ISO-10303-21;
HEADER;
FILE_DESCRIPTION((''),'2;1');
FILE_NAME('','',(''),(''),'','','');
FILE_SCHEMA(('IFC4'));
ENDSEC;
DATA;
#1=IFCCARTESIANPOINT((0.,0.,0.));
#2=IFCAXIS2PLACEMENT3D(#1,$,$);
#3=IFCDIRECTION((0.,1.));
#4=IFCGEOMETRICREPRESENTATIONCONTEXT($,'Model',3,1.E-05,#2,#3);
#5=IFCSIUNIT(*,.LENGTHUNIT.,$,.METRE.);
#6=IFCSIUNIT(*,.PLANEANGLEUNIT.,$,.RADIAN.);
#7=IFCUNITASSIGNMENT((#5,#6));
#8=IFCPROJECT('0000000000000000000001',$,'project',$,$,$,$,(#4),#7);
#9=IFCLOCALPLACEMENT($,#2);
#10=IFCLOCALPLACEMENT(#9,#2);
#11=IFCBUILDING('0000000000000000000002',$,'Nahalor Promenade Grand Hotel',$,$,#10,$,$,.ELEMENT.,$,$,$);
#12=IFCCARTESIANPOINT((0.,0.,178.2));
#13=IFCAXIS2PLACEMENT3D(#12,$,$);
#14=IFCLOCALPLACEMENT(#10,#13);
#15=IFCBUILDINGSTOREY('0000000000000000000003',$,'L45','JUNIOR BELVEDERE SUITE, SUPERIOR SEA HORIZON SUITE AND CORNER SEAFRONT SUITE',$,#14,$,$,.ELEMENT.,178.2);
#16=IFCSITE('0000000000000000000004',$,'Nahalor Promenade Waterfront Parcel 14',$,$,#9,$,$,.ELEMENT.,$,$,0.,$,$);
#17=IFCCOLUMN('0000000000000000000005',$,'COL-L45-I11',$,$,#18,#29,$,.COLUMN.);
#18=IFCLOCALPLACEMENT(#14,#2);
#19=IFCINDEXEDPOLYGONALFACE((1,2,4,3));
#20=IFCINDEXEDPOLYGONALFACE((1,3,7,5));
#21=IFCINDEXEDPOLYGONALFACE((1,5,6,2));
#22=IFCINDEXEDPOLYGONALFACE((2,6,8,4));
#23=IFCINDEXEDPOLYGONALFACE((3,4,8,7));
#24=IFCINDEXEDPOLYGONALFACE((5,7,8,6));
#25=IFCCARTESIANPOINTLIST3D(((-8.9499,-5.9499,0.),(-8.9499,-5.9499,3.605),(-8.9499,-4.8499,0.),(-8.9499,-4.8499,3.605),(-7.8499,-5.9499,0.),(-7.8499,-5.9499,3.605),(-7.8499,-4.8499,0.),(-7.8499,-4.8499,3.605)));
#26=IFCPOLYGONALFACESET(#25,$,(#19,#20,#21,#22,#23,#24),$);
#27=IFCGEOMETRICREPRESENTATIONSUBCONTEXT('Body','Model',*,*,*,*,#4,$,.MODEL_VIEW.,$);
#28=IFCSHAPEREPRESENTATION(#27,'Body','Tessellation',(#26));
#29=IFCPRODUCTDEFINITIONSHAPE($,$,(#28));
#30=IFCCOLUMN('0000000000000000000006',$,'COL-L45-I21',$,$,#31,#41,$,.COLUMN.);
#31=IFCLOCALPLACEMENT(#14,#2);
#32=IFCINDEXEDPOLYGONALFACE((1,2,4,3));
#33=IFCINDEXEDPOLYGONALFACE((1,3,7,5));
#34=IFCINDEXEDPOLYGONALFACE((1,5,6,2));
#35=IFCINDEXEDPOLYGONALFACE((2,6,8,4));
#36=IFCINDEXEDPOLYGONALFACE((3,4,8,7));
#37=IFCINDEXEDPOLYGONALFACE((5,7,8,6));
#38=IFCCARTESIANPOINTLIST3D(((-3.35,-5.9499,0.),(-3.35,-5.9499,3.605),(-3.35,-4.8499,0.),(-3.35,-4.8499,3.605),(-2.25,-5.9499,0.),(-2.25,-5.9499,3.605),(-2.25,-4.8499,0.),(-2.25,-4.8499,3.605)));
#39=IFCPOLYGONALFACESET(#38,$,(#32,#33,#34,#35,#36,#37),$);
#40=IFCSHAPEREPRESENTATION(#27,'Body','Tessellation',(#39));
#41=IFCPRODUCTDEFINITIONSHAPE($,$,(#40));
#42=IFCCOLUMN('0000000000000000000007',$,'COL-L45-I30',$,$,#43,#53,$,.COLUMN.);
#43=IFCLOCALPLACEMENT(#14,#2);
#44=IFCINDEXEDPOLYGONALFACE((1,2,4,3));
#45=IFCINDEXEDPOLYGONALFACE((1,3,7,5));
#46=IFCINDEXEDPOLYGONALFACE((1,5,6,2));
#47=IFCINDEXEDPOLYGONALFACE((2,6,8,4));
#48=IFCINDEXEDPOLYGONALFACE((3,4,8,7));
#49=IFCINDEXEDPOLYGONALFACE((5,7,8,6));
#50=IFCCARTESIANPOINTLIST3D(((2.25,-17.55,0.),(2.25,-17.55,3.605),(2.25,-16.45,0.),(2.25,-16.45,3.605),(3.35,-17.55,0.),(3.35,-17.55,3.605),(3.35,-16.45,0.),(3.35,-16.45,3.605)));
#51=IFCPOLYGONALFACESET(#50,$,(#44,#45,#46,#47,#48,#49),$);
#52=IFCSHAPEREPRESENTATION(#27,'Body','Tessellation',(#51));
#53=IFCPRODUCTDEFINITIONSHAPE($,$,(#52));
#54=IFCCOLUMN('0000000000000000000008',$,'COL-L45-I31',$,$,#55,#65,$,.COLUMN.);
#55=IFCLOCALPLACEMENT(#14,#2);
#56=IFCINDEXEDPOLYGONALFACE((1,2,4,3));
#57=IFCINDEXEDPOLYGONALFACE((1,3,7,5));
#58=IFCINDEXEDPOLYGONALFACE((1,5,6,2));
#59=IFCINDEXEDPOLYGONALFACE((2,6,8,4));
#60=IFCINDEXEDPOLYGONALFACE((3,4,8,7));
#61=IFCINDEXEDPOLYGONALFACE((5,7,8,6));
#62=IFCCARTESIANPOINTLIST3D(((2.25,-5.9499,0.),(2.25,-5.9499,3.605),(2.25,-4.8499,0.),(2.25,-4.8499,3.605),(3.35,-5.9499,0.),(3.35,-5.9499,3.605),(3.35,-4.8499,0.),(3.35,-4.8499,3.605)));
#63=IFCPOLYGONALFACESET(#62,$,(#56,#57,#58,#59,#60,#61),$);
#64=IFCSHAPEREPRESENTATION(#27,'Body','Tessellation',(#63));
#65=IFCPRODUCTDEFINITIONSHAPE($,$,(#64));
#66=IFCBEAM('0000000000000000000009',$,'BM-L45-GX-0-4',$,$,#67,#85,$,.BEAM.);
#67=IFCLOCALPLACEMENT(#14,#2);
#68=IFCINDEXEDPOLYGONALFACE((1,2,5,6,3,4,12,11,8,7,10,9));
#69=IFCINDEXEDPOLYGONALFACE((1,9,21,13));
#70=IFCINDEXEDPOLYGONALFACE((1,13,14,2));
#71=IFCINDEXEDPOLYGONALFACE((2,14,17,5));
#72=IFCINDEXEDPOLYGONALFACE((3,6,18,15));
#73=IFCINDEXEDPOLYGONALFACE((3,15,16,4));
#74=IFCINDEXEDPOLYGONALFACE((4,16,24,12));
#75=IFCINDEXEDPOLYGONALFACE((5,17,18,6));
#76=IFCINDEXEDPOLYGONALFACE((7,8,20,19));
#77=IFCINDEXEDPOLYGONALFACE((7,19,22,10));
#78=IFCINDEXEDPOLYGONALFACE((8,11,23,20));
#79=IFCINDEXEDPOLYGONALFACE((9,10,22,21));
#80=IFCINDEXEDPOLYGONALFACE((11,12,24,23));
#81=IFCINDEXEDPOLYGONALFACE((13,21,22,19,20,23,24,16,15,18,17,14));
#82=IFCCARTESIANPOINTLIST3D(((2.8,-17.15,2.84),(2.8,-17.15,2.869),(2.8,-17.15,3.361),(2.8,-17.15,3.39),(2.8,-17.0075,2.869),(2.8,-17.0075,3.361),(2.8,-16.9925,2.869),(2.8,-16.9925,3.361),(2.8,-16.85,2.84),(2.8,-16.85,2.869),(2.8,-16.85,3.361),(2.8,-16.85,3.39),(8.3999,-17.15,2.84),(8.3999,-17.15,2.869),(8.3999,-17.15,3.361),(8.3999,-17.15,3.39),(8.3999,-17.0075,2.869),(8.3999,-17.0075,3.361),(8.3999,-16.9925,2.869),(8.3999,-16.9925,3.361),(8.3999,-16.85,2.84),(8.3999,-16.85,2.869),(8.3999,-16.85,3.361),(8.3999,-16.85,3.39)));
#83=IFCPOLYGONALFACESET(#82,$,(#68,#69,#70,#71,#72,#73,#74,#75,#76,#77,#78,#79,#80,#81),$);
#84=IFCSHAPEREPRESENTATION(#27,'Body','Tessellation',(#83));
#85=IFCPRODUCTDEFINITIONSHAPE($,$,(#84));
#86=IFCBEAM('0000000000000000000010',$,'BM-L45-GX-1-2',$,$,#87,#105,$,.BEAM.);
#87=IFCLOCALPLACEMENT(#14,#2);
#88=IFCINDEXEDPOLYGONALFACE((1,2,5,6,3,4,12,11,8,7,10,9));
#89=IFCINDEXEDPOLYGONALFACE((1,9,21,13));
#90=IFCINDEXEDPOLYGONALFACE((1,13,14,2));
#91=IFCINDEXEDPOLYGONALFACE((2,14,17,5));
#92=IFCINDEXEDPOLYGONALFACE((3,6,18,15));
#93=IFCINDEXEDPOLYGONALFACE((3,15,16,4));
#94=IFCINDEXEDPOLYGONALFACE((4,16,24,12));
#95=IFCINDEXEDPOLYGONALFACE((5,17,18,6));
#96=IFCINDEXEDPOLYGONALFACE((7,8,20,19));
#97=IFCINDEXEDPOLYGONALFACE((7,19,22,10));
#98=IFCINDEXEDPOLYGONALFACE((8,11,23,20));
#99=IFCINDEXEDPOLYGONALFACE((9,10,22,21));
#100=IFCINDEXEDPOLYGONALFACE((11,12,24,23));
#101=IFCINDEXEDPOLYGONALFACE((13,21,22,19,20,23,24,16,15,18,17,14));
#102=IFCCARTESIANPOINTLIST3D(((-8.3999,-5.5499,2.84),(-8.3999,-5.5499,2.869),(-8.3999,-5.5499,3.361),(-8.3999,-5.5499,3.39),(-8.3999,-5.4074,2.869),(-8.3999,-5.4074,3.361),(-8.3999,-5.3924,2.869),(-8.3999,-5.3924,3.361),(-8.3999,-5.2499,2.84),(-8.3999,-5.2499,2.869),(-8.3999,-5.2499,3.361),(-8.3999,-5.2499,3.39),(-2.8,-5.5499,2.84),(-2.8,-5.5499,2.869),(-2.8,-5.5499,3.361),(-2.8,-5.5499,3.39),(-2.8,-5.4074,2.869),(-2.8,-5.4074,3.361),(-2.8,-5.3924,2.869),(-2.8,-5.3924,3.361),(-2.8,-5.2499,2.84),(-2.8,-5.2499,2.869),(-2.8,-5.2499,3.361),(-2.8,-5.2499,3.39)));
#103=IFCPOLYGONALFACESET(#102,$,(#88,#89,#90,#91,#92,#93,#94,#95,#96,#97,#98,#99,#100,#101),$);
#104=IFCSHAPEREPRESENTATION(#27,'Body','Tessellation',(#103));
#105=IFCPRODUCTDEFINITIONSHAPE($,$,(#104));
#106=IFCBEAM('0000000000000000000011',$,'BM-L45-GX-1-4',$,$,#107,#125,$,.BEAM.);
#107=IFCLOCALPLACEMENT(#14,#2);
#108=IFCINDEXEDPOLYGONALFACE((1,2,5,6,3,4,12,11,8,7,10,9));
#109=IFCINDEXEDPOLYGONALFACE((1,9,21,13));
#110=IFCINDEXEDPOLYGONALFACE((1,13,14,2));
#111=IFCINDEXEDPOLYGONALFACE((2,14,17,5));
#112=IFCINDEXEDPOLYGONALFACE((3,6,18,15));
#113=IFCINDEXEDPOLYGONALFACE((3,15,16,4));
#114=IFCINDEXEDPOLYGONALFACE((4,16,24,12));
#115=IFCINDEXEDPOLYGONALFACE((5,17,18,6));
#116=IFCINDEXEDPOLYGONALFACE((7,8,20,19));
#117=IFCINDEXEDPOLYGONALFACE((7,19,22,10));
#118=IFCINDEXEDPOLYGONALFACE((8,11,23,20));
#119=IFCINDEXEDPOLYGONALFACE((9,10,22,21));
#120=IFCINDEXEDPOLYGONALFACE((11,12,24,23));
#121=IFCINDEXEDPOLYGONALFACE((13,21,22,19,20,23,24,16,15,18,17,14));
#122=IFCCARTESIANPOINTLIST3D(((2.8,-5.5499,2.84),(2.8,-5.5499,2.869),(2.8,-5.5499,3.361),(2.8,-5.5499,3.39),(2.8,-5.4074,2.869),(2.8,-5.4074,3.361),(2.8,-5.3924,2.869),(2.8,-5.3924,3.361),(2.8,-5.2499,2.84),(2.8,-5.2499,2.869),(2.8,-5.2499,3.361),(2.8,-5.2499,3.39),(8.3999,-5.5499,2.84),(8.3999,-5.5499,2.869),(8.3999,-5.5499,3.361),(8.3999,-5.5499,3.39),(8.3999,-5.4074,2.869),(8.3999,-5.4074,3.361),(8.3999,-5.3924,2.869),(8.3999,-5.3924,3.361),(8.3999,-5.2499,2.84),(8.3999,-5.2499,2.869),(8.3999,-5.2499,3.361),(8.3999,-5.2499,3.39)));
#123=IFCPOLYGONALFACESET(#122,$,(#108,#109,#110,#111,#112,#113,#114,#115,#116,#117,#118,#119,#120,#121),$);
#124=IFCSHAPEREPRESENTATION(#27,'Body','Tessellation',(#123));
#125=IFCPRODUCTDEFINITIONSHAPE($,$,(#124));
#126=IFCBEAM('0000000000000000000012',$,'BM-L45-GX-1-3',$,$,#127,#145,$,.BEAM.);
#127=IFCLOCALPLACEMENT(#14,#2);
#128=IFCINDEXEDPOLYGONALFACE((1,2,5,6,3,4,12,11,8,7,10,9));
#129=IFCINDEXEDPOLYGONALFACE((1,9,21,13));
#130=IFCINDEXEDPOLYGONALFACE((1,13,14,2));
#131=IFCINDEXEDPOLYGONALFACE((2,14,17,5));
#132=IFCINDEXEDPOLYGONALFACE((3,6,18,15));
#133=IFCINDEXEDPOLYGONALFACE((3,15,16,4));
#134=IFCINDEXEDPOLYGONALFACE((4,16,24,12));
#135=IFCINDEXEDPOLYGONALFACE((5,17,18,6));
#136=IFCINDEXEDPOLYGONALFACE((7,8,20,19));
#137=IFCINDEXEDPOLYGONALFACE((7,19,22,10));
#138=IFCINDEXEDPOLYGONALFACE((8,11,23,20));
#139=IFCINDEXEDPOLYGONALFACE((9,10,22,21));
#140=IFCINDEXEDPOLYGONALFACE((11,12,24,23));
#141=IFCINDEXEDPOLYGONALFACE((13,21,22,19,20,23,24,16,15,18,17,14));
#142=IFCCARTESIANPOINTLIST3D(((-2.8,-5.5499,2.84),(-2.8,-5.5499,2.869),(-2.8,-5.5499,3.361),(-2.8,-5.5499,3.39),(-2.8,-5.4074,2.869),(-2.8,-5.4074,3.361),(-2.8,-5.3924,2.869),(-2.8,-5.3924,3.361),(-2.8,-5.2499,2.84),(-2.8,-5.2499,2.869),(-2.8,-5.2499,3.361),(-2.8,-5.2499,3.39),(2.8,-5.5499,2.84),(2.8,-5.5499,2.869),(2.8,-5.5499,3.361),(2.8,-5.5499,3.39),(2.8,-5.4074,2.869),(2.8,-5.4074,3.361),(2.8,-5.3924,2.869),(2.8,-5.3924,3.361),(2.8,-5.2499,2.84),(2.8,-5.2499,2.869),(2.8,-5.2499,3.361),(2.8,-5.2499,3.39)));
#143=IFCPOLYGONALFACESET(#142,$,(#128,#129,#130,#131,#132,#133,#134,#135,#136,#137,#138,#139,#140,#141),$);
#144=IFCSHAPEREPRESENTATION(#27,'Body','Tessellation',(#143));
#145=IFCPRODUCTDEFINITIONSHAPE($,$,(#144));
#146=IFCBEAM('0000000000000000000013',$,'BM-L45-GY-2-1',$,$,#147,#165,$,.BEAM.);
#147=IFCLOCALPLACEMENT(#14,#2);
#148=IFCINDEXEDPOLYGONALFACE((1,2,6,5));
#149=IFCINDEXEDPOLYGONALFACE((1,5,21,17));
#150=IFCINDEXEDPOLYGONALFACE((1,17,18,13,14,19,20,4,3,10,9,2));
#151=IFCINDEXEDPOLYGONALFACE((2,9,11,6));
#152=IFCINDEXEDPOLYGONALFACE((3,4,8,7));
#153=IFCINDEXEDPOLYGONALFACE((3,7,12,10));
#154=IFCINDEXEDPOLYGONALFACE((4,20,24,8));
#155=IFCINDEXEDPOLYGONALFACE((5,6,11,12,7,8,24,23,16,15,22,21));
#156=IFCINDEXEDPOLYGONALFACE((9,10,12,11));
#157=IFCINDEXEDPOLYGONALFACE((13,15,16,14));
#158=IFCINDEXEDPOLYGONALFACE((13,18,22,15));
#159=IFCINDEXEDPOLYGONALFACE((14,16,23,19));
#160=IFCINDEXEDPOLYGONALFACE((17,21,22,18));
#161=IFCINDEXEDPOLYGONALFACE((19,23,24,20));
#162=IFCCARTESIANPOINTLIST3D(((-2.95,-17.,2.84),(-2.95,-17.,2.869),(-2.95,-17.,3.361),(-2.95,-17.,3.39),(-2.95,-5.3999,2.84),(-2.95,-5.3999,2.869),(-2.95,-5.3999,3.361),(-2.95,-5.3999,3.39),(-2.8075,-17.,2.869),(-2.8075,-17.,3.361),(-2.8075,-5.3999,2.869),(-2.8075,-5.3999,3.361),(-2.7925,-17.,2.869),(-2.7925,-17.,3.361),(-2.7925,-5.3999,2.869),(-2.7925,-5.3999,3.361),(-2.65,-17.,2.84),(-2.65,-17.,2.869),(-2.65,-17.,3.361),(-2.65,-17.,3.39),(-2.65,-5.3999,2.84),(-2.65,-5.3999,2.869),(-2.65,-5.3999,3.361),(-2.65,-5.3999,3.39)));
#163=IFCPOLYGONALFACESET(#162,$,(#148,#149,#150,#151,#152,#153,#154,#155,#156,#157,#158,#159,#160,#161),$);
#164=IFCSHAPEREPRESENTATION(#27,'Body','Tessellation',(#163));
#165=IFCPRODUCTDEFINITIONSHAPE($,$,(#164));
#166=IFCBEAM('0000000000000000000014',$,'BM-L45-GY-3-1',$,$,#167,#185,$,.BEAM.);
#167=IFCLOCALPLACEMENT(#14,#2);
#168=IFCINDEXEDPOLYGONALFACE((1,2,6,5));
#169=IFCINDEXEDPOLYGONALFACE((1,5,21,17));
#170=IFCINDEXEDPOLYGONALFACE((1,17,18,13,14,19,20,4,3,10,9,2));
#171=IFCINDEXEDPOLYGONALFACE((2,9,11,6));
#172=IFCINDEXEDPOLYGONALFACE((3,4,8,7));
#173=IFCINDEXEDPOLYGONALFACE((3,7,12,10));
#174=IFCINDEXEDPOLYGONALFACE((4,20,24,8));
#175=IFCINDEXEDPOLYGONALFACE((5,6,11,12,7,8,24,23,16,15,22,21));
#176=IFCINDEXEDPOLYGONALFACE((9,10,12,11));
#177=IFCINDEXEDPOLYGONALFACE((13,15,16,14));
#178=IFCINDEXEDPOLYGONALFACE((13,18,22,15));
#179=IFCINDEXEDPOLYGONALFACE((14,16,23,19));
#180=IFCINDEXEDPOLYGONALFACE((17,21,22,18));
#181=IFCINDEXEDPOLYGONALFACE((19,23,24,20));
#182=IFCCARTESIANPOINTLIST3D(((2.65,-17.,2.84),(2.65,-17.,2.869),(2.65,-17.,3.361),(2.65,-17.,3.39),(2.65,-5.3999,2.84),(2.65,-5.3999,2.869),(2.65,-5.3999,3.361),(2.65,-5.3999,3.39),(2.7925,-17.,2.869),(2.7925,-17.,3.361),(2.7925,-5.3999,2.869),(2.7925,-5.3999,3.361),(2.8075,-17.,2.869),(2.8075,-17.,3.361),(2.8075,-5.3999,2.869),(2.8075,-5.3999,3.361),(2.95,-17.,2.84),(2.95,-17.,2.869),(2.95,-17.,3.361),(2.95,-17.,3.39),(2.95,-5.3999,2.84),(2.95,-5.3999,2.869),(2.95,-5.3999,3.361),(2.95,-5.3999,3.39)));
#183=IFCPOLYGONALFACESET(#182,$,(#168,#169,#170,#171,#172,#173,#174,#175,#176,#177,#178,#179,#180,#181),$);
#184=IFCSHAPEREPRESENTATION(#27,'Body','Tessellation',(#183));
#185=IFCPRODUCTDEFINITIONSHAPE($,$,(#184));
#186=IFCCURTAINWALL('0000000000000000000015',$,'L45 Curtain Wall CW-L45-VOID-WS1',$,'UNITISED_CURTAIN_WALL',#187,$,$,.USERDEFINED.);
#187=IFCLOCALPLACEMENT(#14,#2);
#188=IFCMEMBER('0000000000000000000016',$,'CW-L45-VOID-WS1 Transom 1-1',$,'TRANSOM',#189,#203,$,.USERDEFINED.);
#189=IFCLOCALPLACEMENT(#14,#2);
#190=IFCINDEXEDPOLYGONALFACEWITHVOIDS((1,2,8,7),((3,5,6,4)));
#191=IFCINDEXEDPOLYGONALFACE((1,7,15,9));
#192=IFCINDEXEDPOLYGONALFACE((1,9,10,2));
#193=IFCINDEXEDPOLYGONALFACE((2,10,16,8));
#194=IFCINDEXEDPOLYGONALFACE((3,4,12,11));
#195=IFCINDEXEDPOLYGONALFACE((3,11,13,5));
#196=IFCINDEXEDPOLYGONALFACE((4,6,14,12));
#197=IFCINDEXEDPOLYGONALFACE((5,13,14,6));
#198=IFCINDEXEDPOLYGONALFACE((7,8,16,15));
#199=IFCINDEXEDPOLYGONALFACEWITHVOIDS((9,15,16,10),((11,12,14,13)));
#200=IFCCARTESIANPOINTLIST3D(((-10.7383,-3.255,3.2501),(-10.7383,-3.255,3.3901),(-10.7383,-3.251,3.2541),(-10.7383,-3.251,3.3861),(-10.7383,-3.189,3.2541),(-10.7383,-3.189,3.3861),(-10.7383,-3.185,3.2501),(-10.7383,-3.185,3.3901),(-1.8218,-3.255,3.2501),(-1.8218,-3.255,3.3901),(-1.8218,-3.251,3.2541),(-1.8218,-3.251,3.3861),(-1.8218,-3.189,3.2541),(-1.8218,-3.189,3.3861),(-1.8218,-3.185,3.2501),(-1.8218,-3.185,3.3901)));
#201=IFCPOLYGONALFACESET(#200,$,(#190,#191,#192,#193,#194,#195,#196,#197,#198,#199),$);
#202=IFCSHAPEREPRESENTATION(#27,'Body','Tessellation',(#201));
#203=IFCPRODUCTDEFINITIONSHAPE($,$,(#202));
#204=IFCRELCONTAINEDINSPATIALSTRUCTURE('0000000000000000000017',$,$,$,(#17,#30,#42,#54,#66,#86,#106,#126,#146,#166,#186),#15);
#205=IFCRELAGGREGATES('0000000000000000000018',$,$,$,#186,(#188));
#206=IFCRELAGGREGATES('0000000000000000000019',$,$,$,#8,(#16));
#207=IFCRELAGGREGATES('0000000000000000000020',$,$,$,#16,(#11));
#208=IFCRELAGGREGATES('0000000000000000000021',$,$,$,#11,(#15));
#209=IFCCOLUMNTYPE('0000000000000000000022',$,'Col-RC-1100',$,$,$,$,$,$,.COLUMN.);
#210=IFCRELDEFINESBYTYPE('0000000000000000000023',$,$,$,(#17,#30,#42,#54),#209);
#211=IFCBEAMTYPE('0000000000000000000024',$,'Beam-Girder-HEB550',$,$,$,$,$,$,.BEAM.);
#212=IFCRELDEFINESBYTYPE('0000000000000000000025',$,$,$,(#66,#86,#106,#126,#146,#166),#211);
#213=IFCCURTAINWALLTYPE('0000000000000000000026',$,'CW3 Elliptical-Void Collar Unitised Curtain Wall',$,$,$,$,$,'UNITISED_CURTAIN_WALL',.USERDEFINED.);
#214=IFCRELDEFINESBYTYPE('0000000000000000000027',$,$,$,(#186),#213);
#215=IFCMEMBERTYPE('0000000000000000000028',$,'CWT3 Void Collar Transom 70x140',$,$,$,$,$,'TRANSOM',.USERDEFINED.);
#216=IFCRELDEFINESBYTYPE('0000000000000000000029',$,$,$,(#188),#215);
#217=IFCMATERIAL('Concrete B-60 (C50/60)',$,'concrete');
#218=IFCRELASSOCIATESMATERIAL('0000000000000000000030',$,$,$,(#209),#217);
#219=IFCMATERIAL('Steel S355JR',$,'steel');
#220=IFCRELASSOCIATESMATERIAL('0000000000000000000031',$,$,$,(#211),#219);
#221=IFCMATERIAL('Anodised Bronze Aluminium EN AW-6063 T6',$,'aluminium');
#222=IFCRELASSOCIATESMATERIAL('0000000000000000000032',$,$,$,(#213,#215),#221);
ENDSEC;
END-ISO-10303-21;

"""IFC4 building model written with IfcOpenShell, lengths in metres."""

from ifc_helpers import new_model, si_unit, direction, frame, origin, origin_2d, place, context, subcontext, project, spatial, rectangle, hollow_rectangle, i_section, extrude, source, transform, mapped, material, material_profile, profile_set, type_object, element, aggregate, save


model = new_model("IFC4")

# Units and contexts
model_context = context("Model", 3, precision=1e-05, world=origin(), true_north=direction((0.0, 1.0)))
body_context = subcontext(model_context, "Body", "Model", "MODEL_VIEW")
ifc_project = project(units=[si_unit("LENGTHUNIT", "METRE"), si_unit("PLANEANGLEUNIT", "RADIAN")], contexts=[model_context])

# Site, building, storey
site_placement = place(None, origin())
site = spatial("IfcSite", under=ifc_project, at=site_placement, Name="Nahalor Promenade Waterfront Parcel 14", CompositionType="ELEMENT", RefElevation=0.0)
building_placement = place(site_placement, origin())
building = spatial("IfcBuilding", under=site, at=building_placement, Name="Nahalor Promenade Grand Hotel", CompositionType="ELEMENT")
storey_placement = place(building_placement, frame((0.0, 0.0, 178.2)))
storey = spatial("IfcBuildingStorey", under=building, at=storey_placement, Name="L45", Description="JUNIOR BELVEDERE SUITE, SUPERIOR SEA HORIZON SUITE AND CORNER SEAFRONT SUITE", CompositionType="ELEMENT", Elevation=178.2)

# Columns
ifc_material_1 = material(Name="Concrete B-60 (C50/60)", Category="concrete")
ifc_material_profile_1 = material_profile(ifc_material_1, rectangle(XDim=1.1, YDim=1.1, at=origin_2d()), Name="RC 1100x1100")
ifc_profile_set_1 = profile_set([ifc_material_profile_1], Name="Concrete B-60 (C50/60)")
column_type = type_object("IfcColumnType", Name="Col-RC-1100", PredefinedType="COLUMN", material=ifc_profile_set_1)
shared_shape_1 = source(origin(), body_context, "Body", "SweptSolid", [
    extrude(rectangle(XDim=1.1, YDim=1.1, at=origin_2d()), origin(), (0.0, 0.0, 1.0), 3.605),
])
for number, where, z_axis, x_axis, name in (
    (1, (-8.3999, -5.3999, 0.0), (0.0, 0.0, 1.0), (1.0, 0.0, 0.0), "COL-L45-I11"),
    (2, (-2.8, -5.3999, 0.0), (0.0, 0.0, 1.0), (1.0, 0.0, 0.0), "COL-L45-I21"),
    (3, (2.8, -17.0, 0.0), (0.0, 0.0, 1.0), (1.0, 0.0, 0.0), "COL-L45-I30"),
    (4, (2.8, -5.3999, 0.0), (0.0, 0.0, 1.0), (1.0, 0.0, 0.0), "COL-L45-I31"),
):
    element("IfcColumn", number, at=place(storey_placement, frame(where, z_axis=z_axis, x_axis=x_axis)), inside=storey, type_object=column_type, Name=name, PredefinedType="COLUMN", context=body_context, shape_type="MappedRepresentation", body=[
        mapped(shared_shape_1, transform((0.0, 0.0, 0.0), scale=1.0)),
    ])

# Beams
ifc_material_2 = material(Name="Steel S355JR", Category="steel")
ifc_material_profile_2 = material_profile(ifc_material_2, i_section(OverallWidth=0.3, OverallDepth=0.55, WebThickness=0.015, FlangeThickness=0.029, at=origin_2d()), Name="HEB 550")
ifc_profile_set_2 = profile_set([ifc_material_profile_2], Name="Steel S355JR")
beam_type = type_object("IfcBeamType", Name="Beam-Girder-HEB550", PredefinedType="BEAM", material=ifc_profile_set_2)
shared_shape_2 = source(origin(), body_context, "Body", "SweptSolid", [
    extrude(i_section(OverallWidth=0.3, OverallDepth=0.55, WebThickness=0.015, FlangeThickness=0.029, at=origin_2d()), origin(), (0.0, 0.0, 1.0), 5.5999),
])
for number, where, z_axis, x_axis, name in (
    (5, (2.8, -17.0, 3.115), (1.0, 0.0, 0.0), (0.0, 1.0, 0.0), "BM-L45-GX-0-4"),
    (6, (-8.3999, -5.3999, 3.115), (1.0, 0.0, 0.0), (0.0, 1.0, 0.0), "BM-L45-GX-1-2"),
    (7, (2.8, -5.3999, 3.115), (1.0, 0.0, 0.0), (0.0, 1.0, 0.0), "BM-L45-GX-1-4"),
):
    element("IfcBeam", number, at=place(storey_placement, frame(where, z_axis=z_axis, x_axis=x_axis)), inside=storey, type_object=beam_type, Name=name, PredefinedType="BEAM", context=body_context, shape_type="MappedRepresentation", body=[
        mapped(shared_shape_2, transform((0.0, 0.0, 0.0), scale=1.0)),
    ])
shared_shape_3 = source(origin(), body_context, "Body", "SweptSolid", [
    extrude(i_section(OverallWidth=0.3, OverallDepth=0.55, WebThickness=0.015, FlangeThickness=0.029, at=origin_2d()), origin(), (0.0, 0.0, 1.0), 5.6001),
])
beam_placement = place(storey_placement, frame((-2.8, -5.3999, 3.115), z_axis=(1.0, 0.0, 0.0), x_axis=(0.0, 1.0, 0.0)))
element("IfcBeam", 8, at=beam_placement, inside=storey, type_object=beam_type, Name="BM-L45-GX-1-3", PredefinedType="BEAM", context=body_context, shape_type="MappedRepresentation", body=[
    mapped(shared_shape_3, transform((0.0, 0.0, 0.0), scale=1.0)),
])
shared_shape_4 = source(origin(), body_context, "Body", "SweptSolid", [
    extrude(i_section(OverallWidth=0.3, OverallDepth=0.55, WebThickness=0.015, FlangeThickness=0.029, at=origin_2d()), origin(), (0.0, 0.0, 1.0), 11.6001),
])
for number, where, z_axis, x_axis, name in (
    (9, (-2.8, -17.0, 3.115), (0.0, 1.0, 0.0), (-1.0, 0.0, 0.0), "BM-L45-GY-2-1"),
    (10, (2.8, -17.0, 3.115), (0.0, 1.0, 0.0), (-1.0, 0.0, 0.0), "BM-L45-GY-3-1"),
):
    element("IfcBeam", number, at=place(storey_placement, frame(where, z_axis=z_axis, x_axis=x_axis)), inside=storey, type_object=beam_type, Name=name, PredefinedType="BEAM", context=body_context, shape_type="MappedRepresentation", body=[
        mapped(shared_shape_4, transform((0.0, 0.0, 0.0), scale=1.0)),
    ])

# Curtain wall, member
ifc_material_3 = material(Name="Anodised Bronze Aluminium EN AW-6063 T6", Category="aluminium")
curtain_wall_type = type_object("IfcCurtainWallType", Name="CW3 Elliptical-Void Collar Unitised Curtain Wall", ElementType="UNITISED_CURTAIN_WALL", PredefinedType="USERDEFINED", material=ifc_material_3)
curtain_wall_placement = place(storey_placement, origin())
curtain_wall = element("IfcCurtainWall", 11, at=curtain_wall_placement, inside=storey, type_object=curtain_wall_type, Name="L45 Curtain Wall CW-L45-VOID-WS1", ObjectType="UNITISED_CURTAIN_WALL", PredefinedType="USERDEFINED")
ifc_material_profile_3 = material_profile(ifc_material_3, hollow_rectangle(XDim=0.07, YDim=0.14, WallThickness=0.004, at=origin_2d()), Name="CWT 70x140x4")
ifc_profile_set_3 = profile_set([ifc_material_profile_3], Name="Anodised Bronze Aluminium EN AW-6063 T6")
member_type = type_object("IfcMemberType", Name="CWT3 Void Collar Transom 70x140", ElementType="TRANSOM", PredefinedType="USERDEFINED", material=ifc_profile_set_3)
shared_shape_5 = source(origin(), body_context, "Body", "SweptSolid", [
    extrude(hollow_rectangle(XDim=0.07, YDim=0.14, WallThickness=0.004, at=origin_2d()), origin(), (0.0, 0.0, 1.0), 8.9165),
])
member_placement = place(storey_placement, frame((-10.7383, -3.22, 3.3201), z_axis=(1.0, 0.0, 0.0), x_axis=(0.0, 1.0, 0.0)))
member = element("IfcMember", 12, at=member_placement, type_object=member_type, Name="CW-L45-VOID-WS1 Transom 1-1", ObjectType="TRANSOM", PredefinedType="USERDEFINED", context=body_context, shape_type="MappedRepresentation", body=[
    mapped(shared_shape_5, transform((0.0, 0.0, 0.0), scale=1.0)),
])
aggregate(curtain_wall, [member])

save(model, "model.ifc")
